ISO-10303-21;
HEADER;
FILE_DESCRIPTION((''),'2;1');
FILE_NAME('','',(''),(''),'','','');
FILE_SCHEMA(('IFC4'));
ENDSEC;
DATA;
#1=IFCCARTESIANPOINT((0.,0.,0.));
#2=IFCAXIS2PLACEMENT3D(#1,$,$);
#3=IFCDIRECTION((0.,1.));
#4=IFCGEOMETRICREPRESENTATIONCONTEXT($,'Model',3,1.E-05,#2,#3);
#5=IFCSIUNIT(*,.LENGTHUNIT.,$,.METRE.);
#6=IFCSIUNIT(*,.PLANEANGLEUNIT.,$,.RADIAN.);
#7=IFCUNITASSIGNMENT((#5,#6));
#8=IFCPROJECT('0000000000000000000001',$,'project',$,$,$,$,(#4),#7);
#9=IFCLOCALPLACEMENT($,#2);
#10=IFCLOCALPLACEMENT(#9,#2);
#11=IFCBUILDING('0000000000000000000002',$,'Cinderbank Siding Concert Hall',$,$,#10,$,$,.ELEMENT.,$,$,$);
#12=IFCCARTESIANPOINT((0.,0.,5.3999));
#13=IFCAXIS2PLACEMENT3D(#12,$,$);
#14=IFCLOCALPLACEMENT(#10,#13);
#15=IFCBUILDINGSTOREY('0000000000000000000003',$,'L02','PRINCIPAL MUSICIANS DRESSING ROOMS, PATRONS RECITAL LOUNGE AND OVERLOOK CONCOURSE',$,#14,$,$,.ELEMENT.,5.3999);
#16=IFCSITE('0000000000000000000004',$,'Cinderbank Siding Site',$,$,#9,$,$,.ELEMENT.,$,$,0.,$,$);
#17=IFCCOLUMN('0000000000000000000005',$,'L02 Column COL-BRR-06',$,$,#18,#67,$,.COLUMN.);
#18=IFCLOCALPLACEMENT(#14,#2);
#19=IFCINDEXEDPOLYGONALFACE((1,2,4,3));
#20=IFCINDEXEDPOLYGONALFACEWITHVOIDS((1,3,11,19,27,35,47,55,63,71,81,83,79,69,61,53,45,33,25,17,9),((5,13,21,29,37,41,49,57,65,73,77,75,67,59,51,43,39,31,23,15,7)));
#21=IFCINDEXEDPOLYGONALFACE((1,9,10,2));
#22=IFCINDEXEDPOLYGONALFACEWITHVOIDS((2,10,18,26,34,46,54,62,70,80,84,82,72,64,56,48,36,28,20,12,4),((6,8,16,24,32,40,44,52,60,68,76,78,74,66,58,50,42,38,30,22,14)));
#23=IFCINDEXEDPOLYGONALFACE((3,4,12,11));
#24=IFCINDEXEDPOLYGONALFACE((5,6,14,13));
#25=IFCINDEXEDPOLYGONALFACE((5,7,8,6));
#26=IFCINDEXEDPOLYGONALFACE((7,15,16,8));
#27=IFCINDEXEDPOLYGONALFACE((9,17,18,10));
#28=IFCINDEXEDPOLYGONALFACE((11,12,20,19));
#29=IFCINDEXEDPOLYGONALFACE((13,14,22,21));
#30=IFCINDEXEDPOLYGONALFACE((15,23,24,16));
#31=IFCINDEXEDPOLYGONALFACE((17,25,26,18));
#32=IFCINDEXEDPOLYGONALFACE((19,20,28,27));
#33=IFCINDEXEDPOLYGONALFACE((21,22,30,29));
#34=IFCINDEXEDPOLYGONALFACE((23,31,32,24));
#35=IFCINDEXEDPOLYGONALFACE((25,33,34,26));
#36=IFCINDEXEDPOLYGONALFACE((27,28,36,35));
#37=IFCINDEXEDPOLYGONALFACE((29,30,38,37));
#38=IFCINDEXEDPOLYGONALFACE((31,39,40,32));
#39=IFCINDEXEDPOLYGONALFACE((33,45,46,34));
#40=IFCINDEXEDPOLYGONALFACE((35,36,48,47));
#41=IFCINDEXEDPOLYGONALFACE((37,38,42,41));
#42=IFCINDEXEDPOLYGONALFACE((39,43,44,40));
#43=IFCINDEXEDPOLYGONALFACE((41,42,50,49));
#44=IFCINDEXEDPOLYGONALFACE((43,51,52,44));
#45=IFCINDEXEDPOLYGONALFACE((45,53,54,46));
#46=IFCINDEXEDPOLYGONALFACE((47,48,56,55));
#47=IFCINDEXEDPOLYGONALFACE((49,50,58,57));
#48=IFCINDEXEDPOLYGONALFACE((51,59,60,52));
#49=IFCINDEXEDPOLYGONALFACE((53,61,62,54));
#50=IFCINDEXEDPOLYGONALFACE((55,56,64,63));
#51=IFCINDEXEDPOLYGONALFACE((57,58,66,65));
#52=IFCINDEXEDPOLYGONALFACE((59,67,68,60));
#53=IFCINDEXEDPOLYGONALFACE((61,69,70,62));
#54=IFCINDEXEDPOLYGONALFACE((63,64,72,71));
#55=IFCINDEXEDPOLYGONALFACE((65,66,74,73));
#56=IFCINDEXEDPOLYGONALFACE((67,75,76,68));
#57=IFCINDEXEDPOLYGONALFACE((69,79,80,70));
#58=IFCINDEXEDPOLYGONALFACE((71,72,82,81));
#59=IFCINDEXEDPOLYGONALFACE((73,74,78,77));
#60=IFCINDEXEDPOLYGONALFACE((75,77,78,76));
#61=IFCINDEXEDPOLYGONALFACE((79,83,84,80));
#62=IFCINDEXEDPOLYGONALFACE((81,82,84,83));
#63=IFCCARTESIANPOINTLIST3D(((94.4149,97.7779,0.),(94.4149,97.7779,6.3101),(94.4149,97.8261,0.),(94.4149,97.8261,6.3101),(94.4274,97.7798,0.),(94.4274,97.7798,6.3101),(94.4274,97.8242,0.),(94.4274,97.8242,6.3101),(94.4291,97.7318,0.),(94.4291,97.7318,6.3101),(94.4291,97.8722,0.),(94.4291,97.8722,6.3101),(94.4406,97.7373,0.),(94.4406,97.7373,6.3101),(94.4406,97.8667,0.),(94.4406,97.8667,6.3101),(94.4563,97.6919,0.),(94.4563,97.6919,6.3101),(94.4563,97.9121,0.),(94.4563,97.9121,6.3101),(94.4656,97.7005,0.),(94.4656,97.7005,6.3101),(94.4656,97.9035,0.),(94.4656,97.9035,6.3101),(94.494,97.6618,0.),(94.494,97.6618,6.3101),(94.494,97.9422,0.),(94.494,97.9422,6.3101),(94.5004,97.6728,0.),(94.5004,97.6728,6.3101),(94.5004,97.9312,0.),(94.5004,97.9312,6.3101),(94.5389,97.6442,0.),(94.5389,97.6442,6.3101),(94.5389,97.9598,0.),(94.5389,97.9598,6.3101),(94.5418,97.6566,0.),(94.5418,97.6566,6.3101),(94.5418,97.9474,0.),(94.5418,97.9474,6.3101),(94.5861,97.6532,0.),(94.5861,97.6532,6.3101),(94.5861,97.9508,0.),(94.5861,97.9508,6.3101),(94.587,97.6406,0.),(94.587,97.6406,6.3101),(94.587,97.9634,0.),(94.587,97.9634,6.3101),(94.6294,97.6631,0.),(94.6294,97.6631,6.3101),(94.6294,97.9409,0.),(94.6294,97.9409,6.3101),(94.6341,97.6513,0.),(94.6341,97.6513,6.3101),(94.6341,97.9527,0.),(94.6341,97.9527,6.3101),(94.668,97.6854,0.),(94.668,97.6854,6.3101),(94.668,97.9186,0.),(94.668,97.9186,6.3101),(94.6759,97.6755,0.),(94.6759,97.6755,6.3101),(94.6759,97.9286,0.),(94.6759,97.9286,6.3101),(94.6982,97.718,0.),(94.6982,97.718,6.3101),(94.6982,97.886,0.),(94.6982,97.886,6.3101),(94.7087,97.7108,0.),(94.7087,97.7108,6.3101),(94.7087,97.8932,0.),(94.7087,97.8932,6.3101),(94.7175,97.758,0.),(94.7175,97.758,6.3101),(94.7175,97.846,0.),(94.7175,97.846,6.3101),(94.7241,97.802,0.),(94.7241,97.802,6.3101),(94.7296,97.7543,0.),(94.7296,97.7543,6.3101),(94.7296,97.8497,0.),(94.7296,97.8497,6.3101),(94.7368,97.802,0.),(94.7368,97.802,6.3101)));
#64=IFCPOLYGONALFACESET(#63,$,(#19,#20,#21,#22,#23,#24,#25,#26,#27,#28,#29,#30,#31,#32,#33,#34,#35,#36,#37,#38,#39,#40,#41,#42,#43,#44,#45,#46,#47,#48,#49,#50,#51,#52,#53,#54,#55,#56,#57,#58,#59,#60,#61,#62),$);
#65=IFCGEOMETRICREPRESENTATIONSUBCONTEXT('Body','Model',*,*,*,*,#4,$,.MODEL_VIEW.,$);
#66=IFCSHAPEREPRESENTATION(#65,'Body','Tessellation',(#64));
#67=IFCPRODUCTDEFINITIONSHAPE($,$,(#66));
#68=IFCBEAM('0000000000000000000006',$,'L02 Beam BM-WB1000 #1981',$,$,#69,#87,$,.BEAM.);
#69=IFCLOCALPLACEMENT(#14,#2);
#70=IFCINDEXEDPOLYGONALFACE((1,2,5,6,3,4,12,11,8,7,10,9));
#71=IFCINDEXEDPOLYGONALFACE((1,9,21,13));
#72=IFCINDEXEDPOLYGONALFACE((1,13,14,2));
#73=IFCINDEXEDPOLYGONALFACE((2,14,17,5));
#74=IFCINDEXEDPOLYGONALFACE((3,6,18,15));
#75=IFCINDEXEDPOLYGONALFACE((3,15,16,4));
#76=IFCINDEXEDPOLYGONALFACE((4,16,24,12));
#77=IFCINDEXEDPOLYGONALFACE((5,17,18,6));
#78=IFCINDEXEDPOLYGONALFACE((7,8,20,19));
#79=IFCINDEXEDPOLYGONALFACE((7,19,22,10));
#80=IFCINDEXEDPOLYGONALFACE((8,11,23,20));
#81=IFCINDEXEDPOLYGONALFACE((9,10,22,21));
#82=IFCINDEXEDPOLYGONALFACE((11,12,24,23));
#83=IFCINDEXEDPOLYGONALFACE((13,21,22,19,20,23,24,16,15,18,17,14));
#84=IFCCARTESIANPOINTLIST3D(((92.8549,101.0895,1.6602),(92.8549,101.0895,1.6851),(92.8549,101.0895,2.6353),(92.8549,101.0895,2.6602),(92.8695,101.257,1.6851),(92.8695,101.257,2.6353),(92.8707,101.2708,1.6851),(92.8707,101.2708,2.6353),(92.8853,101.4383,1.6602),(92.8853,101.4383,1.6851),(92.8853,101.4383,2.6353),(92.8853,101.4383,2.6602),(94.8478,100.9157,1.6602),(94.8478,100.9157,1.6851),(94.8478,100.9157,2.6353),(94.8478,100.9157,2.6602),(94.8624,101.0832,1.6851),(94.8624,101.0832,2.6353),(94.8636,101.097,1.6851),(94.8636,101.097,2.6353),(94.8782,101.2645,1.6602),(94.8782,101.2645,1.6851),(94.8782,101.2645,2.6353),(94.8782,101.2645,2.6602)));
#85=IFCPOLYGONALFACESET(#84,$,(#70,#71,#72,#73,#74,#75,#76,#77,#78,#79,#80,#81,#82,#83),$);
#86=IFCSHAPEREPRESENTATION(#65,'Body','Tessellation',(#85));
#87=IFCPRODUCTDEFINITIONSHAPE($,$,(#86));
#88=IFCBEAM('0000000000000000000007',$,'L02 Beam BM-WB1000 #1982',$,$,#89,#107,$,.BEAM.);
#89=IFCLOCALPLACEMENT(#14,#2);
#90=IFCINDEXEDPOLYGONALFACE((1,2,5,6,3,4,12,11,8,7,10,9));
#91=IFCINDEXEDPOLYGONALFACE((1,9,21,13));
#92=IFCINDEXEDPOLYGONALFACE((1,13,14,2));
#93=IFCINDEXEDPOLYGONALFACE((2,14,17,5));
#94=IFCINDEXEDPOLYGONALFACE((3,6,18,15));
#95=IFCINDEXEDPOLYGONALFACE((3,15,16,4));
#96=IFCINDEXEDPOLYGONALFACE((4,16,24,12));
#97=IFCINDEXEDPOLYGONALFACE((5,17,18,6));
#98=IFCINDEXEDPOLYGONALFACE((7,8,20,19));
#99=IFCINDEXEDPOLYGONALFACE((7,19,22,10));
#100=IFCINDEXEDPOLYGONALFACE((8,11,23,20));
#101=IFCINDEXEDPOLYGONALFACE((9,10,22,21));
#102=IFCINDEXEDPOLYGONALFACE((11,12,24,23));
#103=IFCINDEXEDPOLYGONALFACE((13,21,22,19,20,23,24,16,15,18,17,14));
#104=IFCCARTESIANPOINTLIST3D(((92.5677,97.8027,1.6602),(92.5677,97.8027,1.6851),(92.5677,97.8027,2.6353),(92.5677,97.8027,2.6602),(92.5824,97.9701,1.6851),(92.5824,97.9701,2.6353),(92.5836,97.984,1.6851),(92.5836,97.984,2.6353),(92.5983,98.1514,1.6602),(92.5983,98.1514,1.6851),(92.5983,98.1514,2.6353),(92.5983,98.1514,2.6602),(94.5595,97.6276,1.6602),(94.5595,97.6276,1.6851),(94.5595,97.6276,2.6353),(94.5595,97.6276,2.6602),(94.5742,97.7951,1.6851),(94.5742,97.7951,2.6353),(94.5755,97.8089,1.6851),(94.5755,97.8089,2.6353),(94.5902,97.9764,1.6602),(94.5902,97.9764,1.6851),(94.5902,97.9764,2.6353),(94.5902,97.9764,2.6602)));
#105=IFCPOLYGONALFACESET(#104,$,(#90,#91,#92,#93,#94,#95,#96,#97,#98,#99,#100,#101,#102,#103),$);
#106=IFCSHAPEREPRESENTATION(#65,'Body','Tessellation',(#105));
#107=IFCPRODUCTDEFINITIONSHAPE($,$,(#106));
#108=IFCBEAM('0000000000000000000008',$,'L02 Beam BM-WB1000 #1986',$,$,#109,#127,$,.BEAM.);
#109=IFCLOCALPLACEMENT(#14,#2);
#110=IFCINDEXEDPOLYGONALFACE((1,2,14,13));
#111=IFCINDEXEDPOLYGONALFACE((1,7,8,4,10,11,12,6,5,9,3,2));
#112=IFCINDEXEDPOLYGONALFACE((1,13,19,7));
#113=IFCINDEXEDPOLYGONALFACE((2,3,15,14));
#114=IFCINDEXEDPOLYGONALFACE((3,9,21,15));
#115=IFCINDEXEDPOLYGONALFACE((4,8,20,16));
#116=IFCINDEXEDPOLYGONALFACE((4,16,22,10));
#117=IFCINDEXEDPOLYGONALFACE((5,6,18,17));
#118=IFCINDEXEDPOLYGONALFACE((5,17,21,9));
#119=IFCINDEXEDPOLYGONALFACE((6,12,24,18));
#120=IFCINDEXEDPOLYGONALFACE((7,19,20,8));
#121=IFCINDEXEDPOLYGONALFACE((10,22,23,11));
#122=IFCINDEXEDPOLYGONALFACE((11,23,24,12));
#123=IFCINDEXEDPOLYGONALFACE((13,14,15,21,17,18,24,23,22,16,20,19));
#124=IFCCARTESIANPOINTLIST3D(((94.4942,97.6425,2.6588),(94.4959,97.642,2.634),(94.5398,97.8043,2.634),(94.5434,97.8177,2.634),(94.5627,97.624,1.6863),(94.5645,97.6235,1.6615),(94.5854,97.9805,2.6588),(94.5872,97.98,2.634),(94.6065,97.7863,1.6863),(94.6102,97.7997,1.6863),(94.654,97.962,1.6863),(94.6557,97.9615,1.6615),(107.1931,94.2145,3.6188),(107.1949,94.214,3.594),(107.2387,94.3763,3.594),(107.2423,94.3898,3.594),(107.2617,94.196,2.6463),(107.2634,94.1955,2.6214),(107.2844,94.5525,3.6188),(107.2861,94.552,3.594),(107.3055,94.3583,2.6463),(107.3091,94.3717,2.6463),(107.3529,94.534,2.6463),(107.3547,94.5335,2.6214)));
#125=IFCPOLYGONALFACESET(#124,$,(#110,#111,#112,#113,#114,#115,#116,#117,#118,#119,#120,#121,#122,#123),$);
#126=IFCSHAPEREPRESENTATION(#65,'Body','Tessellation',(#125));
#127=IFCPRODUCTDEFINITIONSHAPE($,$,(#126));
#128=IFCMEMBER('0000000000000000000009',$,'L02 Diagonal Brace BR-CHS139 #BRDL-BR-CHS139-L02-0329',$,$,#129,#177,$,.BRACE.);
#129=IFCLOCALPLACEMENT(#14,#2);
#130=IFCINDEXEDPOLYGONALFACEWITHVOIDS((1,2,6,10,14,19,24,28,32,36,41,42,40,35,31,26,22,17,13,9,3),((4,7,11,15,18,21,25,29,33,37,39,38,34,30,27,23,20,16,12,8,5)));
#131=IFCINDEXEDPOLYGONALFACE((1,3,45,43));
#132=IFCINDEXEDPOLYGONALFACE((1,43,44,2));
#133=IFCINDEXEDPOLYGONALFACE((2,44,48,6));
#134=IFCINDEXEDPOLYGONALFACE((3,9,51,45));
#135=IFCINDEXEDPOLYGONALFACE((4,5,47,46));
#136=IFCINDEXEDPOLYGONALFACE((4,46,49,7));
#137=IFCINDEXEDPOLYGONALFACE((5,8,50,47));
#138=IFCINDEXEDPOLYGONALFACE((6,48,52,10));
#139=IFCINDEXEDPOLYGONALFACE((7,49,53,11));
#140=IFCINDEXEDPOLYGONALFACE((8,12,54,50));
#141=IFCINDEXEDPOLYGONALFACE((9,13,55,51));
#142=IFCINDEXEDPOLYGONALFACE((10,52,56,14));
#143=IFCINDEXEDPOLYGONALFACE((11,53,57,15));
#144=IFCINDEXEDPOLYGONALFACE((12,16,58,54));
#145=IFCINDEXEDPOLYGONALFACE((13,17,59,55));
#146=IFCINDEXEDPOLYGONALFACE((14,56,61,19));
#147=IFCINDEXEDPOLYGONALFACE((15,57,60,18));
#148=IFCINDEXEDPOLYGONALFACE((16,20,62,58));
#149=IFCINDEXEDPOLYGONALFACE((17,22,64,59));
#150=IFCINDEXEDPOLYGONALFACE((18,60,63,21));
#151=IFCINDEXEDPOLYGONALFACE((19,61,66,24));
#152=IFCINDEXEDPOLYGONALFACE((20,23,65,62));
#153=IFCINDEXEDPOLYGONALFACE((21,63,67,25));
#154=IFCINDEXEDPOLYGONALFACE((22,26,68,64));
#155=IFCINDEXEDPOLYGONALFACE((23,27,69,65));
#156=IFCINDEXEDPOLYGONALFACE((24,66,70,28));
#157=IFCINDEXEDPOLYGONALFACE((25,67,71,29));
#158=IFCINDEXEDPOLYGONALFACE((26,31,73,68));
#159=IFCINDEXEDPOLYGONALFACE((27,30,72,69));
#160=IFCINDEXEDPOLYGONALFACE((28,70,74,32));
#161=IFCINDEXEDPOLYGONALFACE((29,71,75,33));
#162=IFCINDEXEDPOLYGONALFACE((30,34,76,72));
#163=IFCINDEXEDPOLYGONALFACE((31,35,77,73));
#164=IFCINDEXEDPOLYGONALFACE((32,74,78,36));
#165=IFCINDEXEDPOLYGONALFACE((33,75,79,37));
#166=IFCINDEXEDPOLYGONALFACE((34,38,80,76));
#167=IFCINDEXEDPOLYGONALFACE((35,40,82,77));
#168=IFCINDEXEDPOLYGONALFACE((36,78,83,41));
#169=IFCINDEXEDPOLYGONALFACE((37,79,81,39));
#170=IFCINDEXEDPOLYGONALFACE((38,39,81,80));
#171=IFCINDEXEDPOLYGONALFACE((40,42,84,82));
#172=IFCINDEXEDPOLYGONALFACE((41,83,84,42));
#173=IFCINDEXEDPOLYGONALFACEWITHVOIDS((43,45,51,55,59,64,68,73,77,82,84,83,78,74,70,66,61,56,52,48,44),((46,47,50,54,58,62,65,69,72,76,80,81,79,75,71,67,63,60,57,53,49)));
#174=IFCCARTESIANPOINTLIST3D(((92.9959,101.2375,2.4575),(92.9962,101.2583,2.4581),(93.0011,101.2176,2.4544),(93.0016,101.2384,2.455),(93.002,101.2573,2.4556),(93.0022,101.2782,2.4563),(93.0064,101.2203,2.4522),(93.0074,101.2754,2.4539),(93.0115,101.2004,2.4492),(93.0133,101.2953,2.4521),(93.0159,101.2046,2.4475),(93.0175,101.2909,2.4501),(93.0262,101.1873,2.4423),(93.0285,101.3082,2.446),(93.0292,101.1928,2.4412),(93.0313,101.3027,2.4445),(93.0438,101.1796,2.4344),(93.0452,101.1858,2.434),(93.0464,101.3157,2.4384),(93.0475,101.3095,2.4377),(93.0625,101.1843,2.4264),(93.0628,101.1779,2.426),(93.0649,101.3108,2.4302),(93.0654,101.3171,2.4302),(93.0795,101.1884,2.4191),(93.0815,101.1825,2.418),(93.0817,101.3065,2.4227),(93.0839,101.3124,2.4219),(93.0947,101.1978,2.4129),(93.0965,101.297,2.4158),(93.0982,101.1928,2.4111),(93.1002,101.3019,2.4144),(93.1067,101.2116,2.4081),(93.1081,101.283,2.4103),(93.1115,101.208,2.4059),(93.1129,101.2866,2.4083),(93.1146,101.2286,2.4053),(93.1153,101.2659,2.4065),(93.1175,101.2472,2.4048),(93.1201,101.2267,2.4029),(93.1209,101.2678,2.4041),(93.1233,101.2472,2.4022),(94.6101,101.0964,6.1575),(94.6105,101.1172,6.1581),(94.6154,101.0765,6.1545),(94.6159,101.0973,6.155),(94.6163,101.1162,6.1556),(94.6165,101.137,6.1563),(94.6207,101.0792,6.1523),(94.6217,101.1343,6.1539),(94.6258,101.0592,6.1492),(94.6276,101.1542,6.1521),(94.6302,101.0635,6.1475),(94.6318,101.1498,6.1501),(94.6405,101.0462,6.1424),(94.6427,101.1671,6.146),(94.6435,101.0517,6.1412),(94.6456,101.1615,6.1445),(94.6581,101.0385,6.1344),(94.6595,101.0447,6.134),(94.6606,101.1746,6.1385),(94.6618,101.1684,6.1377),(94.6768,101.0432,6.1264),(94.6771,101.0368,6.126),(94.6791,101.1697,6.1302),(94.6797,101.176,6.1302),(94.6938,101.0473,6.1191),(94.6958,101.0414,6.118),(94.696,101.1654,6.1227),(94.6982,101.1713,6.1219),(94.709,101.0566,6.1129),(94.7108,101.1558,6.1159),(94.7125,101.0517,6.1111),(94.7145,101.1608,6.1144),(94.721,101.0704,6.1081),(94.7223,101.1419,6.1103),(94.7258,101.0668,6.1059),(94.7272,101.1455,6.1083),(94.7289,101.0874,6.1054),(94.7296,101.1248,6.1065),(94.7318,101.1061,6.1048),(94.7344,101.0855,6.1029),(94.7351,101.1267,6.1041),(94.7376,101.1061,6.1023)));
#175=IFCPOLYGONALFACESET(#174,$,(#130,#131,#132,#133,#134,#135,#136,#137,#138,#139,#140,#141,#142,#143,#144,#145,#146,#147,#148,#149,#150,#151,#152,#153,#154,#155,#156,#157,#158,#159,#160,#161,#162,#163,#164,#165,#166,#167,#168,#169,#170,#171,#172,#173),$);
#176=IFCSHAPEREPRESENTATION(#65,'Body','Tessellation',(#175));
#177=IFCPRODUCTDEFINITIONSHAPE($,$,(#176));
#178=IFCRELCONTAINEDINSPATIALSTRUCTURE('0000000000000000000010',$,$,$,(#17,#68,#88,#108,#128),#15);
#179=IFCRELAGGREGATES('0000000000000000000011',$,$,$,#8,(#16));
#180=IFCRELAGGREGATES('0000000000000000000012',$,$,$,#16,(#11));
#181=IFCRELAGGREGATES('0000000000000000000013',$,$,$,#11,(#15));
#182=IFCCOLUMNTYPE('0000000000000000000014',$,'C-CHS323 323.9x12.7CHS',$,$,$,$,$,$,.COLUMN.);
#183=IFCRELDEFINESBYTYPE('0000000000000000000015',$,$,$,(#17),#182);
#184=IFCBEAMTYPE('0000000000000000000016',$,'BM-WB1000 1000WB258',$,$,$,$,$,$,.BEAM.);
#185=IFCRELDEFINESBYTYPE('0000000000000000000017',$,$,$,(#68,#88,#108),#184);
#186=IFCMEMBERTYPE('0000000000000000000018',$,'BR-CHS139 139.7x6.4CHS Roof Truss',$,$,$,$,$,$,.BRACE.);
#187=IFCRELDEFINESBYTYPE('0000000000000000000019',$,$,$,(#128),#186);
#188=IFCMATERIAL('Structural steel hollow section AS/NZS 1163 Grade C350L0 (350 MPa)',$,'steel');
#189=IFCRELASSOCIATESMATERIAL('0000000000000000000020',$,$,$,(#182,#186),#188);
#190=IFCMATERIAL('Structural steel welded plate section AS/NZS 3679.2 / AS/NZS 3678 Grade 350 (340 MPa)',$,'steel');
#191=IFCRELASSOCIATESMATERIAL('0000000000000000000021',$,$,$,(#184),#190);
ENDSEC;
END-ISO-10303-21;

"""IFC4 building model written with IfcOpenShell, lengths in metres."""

from ifc_helpers import new_model, si_unit, direction, frame, origin, origin_2d, place, context, subcontext, project, spatial, hollow_circle, i_section, extrude, material, material_profile, profile_set, type_object, element, save


model = new_model("IFC4")

# Units and contexts
model_context = context("Model", 3, precision=1e-05, world=origin(), true_north=direction((0.0, 1.0)))
body_context = subcontext(model_context, "Body", "Model", "MODEL_VIEW")
ifc_project = project(units=[si_unit("LENGTHUNIT", "METRE"), si_unit("PLANEANGLEUNIT", "RADIAN")], contexts=[model_context])

# Site, building, storey
site_placement = place(None, origin())
site = spatial("IfcSite", under=ifc_project, at=site_placement, Name="Cinderbank Siding Site", CompositionType="ELEMENT", RefElevation=0.0)
building_placement = place(site_placement, origin())
building = spatial("IfcBuilding", under=site, at=building_placement, Name="Cinderbank Siding Concert Hall", CompositionType="ELEMENT")
storey_placement = place(building_placement, frame((0.0, 0.0, 5.3999)))
storey = spatial("IfcBuildingStorey", under=building, at=storey_placement, Name="L02", Description="PRINCIPAL MUSICIANS DRESSING ROOMS, PATRONS RECITAL LOUNGE AND OVERLOOK CONCOURSE", CompositionType="ELEMENT", Elevation=5.3999)

# Column
ifc_material_1 = material(Name="Structural steel hollow section AS/NZS 1163 Grade C350L0 (350 MPa)", Category="steel")
ifc_material_profile_1 = material_profile(ifc_material_1, hollow_circle(Radius=0.1619, WallThickness=0.0127, at=origin_2d()), Name="323.9x12.7CHS", Category="LoadBearing")
ifc_profile_set_1 = profile_set([ifc_material_profile_1], Name="Structural steel hollow section AS/NZS 1163 Grade C350L0 (350 MPa)")
column_type = type_object("IfcColumnType", Name="C-CHS323 323.9x12.7CHS", PredefinedType="COLUMN", material=ifc_profile_set_1)
for number, where, z_axis, x_axis, name in (
    (1, (94.575, 97.802, 0.0), (0.0, 0.0, 1.0), (1.0, 0.0, 0.0), "L02 Column COL-BRR-06"),
):
    element("IfcColumn", number, at=place(storey_placement, frame(where, z_axis=z_axis, x_axis=x_axis)), inside=storey, type_object=column_type, Name=name, PredefinedType="COLUMN", context=body_context, shape_type="SweptSolid", body=[
        extrude(hollow_circle(Radius=0.1619, WallThickness=0.0127, at=origin_2d()), origin(), (0.0, 0.0, 1.0), 6.3101),
    ])

# Beams
ifc_material_2 = material(Name="Structural steel welded plate section AS/NZS 3679.2 / AS/NZS 3678 Grade 350 (340 MPa)", Category="steel")
ifc_material_profile_2 = material_profile(ifc_material_2, i_section(OverallWidth=0.3501, OverallDepth=1.0, WebThickness=0.0139, FlangeThickness=0.0249, at=origin_2d()), Name="1000WB258", Category="LoadBearing")
ifc_profile_set_2 = profile_set([ifc_material_profile_2], Name="Structural steel welded plate section AS/NZS 3679.2 / AS/NZS 3678 Grade 350 (340 MPa)")
beam_type_1 = type_object("IfcBeamType", Name="BM-WB1000 1000WB258", PredefinedType="BEAM", material=ifc_profile_set_2)
beam_1_placement = place(storey_placement, frame((92.8701, 101.2639, 2.1602), z_axis=(0.996218, -0.086893, 0.0), x_axis=(0.086893, 0.996218, 0.0)))
element("IfcBeam", 2, at=beam_1_placement, inside=storey, type_object=beam_type_1, Name="L02 Beam BM-WB1000 #1981", PredefinedType="BEAM", context=body_context, shape_type="SweptSolid", body=[
    extrude(i_section(OverallWidth=0.3501, OverallDepth=1.0, WebThickness=0.0139, FlangeThickness=0.0249, at=origin_2d()), origin(), (0.0, 0.0, 1.0), 2.0005),
])
beam_2_placement = place(storey_placement, frame((92.583, 97.9771, 2.1602), z_axis=(0.996161, -0.087541, 0.0), x_axis=(0.087541, 0.996161, 0.0)))
element("IfcBeam", 3, at=beam_2_placement, inside=storey, type_object=beam_type_1, Name="L02 Beam BM-WB1000 #1982", PredefinedType="BEAM", context=body_context, shape_type="SweptSolid", body=[
    extrude(i_section(OverallWidth=0.3501, OverallDepth=1.0, WebThickness=0.0139, FlangeThickness=0.0249, at=origin_2d()), origin(), (0.0, 0.0, 1.0), 1.9995),
])
beam_3_placement = place(storey_placement, frame((94.575, 97.802, 2.1602), z_axis=(0.962882, -0.259922, 0.072788), x_axis=(0.260613, 0.965443, 0.0)))
element("IfcBeam", 4, at=beam_3_placement, inside=storey, type_object=beam_type_1, Name="L02 Beam BM-WB1000 #1986", PredefinedType="BEAM", context=body_context, shape_type="SweptSolid", body=[
    extrude(i_section(OverallWidth=0.3501, OverallDepth=1.0, WebThickness=0.0139, FlangeThickness=0.0249, at=origin_2d()), origin(), (0.0, 0.0, 1.0), 13.1885),
])

# Member
ifc_material_profile_3 = material_profile(ifc_material_1, hollow_circle(Radius=0.0698, WallThickness=0.0063, at=origin_2d()), Name="139.7x6.4CHS", Category="LoadBearing")
ifc_profile_set_3 = profile_set([ifc_material_profile_3], Name="Structural steel hollow section AS/NZS 1163 Grade C350L0 (350 MPa)")
member_type_1 = type_object("IfcMemberType", Name="BR-CHS139 139.7x6.4CHS Roof Truss", PredefinedType="BRACE", material=ifc_profile_set_3)
member_1_placement = place(storey_placement, frame((93.0593, 101.2476, 2.4302), z_axis=(0.399645, -0.034936, 0.916004), x_axis=(0.087085, 0.996201, 0.0)))
element("IfcMember", 5, at=member_1_placement, inside=storey, type_object=member_type_1, Name="L02 Diagonal Brace BR-CHS139 #BRDL-BR-CHS139-L02-0329", PredefinedType="BRACE", context=body_context, shape_type="SweptSolid", body=[
    extrude(hollow_circle(Radius=0.0698, WallThickness=0.0063, at=origin_2d()), origin(), (0.0, 0.0, 1.0), 4.0393),
])

save(model, "model.ifc")
